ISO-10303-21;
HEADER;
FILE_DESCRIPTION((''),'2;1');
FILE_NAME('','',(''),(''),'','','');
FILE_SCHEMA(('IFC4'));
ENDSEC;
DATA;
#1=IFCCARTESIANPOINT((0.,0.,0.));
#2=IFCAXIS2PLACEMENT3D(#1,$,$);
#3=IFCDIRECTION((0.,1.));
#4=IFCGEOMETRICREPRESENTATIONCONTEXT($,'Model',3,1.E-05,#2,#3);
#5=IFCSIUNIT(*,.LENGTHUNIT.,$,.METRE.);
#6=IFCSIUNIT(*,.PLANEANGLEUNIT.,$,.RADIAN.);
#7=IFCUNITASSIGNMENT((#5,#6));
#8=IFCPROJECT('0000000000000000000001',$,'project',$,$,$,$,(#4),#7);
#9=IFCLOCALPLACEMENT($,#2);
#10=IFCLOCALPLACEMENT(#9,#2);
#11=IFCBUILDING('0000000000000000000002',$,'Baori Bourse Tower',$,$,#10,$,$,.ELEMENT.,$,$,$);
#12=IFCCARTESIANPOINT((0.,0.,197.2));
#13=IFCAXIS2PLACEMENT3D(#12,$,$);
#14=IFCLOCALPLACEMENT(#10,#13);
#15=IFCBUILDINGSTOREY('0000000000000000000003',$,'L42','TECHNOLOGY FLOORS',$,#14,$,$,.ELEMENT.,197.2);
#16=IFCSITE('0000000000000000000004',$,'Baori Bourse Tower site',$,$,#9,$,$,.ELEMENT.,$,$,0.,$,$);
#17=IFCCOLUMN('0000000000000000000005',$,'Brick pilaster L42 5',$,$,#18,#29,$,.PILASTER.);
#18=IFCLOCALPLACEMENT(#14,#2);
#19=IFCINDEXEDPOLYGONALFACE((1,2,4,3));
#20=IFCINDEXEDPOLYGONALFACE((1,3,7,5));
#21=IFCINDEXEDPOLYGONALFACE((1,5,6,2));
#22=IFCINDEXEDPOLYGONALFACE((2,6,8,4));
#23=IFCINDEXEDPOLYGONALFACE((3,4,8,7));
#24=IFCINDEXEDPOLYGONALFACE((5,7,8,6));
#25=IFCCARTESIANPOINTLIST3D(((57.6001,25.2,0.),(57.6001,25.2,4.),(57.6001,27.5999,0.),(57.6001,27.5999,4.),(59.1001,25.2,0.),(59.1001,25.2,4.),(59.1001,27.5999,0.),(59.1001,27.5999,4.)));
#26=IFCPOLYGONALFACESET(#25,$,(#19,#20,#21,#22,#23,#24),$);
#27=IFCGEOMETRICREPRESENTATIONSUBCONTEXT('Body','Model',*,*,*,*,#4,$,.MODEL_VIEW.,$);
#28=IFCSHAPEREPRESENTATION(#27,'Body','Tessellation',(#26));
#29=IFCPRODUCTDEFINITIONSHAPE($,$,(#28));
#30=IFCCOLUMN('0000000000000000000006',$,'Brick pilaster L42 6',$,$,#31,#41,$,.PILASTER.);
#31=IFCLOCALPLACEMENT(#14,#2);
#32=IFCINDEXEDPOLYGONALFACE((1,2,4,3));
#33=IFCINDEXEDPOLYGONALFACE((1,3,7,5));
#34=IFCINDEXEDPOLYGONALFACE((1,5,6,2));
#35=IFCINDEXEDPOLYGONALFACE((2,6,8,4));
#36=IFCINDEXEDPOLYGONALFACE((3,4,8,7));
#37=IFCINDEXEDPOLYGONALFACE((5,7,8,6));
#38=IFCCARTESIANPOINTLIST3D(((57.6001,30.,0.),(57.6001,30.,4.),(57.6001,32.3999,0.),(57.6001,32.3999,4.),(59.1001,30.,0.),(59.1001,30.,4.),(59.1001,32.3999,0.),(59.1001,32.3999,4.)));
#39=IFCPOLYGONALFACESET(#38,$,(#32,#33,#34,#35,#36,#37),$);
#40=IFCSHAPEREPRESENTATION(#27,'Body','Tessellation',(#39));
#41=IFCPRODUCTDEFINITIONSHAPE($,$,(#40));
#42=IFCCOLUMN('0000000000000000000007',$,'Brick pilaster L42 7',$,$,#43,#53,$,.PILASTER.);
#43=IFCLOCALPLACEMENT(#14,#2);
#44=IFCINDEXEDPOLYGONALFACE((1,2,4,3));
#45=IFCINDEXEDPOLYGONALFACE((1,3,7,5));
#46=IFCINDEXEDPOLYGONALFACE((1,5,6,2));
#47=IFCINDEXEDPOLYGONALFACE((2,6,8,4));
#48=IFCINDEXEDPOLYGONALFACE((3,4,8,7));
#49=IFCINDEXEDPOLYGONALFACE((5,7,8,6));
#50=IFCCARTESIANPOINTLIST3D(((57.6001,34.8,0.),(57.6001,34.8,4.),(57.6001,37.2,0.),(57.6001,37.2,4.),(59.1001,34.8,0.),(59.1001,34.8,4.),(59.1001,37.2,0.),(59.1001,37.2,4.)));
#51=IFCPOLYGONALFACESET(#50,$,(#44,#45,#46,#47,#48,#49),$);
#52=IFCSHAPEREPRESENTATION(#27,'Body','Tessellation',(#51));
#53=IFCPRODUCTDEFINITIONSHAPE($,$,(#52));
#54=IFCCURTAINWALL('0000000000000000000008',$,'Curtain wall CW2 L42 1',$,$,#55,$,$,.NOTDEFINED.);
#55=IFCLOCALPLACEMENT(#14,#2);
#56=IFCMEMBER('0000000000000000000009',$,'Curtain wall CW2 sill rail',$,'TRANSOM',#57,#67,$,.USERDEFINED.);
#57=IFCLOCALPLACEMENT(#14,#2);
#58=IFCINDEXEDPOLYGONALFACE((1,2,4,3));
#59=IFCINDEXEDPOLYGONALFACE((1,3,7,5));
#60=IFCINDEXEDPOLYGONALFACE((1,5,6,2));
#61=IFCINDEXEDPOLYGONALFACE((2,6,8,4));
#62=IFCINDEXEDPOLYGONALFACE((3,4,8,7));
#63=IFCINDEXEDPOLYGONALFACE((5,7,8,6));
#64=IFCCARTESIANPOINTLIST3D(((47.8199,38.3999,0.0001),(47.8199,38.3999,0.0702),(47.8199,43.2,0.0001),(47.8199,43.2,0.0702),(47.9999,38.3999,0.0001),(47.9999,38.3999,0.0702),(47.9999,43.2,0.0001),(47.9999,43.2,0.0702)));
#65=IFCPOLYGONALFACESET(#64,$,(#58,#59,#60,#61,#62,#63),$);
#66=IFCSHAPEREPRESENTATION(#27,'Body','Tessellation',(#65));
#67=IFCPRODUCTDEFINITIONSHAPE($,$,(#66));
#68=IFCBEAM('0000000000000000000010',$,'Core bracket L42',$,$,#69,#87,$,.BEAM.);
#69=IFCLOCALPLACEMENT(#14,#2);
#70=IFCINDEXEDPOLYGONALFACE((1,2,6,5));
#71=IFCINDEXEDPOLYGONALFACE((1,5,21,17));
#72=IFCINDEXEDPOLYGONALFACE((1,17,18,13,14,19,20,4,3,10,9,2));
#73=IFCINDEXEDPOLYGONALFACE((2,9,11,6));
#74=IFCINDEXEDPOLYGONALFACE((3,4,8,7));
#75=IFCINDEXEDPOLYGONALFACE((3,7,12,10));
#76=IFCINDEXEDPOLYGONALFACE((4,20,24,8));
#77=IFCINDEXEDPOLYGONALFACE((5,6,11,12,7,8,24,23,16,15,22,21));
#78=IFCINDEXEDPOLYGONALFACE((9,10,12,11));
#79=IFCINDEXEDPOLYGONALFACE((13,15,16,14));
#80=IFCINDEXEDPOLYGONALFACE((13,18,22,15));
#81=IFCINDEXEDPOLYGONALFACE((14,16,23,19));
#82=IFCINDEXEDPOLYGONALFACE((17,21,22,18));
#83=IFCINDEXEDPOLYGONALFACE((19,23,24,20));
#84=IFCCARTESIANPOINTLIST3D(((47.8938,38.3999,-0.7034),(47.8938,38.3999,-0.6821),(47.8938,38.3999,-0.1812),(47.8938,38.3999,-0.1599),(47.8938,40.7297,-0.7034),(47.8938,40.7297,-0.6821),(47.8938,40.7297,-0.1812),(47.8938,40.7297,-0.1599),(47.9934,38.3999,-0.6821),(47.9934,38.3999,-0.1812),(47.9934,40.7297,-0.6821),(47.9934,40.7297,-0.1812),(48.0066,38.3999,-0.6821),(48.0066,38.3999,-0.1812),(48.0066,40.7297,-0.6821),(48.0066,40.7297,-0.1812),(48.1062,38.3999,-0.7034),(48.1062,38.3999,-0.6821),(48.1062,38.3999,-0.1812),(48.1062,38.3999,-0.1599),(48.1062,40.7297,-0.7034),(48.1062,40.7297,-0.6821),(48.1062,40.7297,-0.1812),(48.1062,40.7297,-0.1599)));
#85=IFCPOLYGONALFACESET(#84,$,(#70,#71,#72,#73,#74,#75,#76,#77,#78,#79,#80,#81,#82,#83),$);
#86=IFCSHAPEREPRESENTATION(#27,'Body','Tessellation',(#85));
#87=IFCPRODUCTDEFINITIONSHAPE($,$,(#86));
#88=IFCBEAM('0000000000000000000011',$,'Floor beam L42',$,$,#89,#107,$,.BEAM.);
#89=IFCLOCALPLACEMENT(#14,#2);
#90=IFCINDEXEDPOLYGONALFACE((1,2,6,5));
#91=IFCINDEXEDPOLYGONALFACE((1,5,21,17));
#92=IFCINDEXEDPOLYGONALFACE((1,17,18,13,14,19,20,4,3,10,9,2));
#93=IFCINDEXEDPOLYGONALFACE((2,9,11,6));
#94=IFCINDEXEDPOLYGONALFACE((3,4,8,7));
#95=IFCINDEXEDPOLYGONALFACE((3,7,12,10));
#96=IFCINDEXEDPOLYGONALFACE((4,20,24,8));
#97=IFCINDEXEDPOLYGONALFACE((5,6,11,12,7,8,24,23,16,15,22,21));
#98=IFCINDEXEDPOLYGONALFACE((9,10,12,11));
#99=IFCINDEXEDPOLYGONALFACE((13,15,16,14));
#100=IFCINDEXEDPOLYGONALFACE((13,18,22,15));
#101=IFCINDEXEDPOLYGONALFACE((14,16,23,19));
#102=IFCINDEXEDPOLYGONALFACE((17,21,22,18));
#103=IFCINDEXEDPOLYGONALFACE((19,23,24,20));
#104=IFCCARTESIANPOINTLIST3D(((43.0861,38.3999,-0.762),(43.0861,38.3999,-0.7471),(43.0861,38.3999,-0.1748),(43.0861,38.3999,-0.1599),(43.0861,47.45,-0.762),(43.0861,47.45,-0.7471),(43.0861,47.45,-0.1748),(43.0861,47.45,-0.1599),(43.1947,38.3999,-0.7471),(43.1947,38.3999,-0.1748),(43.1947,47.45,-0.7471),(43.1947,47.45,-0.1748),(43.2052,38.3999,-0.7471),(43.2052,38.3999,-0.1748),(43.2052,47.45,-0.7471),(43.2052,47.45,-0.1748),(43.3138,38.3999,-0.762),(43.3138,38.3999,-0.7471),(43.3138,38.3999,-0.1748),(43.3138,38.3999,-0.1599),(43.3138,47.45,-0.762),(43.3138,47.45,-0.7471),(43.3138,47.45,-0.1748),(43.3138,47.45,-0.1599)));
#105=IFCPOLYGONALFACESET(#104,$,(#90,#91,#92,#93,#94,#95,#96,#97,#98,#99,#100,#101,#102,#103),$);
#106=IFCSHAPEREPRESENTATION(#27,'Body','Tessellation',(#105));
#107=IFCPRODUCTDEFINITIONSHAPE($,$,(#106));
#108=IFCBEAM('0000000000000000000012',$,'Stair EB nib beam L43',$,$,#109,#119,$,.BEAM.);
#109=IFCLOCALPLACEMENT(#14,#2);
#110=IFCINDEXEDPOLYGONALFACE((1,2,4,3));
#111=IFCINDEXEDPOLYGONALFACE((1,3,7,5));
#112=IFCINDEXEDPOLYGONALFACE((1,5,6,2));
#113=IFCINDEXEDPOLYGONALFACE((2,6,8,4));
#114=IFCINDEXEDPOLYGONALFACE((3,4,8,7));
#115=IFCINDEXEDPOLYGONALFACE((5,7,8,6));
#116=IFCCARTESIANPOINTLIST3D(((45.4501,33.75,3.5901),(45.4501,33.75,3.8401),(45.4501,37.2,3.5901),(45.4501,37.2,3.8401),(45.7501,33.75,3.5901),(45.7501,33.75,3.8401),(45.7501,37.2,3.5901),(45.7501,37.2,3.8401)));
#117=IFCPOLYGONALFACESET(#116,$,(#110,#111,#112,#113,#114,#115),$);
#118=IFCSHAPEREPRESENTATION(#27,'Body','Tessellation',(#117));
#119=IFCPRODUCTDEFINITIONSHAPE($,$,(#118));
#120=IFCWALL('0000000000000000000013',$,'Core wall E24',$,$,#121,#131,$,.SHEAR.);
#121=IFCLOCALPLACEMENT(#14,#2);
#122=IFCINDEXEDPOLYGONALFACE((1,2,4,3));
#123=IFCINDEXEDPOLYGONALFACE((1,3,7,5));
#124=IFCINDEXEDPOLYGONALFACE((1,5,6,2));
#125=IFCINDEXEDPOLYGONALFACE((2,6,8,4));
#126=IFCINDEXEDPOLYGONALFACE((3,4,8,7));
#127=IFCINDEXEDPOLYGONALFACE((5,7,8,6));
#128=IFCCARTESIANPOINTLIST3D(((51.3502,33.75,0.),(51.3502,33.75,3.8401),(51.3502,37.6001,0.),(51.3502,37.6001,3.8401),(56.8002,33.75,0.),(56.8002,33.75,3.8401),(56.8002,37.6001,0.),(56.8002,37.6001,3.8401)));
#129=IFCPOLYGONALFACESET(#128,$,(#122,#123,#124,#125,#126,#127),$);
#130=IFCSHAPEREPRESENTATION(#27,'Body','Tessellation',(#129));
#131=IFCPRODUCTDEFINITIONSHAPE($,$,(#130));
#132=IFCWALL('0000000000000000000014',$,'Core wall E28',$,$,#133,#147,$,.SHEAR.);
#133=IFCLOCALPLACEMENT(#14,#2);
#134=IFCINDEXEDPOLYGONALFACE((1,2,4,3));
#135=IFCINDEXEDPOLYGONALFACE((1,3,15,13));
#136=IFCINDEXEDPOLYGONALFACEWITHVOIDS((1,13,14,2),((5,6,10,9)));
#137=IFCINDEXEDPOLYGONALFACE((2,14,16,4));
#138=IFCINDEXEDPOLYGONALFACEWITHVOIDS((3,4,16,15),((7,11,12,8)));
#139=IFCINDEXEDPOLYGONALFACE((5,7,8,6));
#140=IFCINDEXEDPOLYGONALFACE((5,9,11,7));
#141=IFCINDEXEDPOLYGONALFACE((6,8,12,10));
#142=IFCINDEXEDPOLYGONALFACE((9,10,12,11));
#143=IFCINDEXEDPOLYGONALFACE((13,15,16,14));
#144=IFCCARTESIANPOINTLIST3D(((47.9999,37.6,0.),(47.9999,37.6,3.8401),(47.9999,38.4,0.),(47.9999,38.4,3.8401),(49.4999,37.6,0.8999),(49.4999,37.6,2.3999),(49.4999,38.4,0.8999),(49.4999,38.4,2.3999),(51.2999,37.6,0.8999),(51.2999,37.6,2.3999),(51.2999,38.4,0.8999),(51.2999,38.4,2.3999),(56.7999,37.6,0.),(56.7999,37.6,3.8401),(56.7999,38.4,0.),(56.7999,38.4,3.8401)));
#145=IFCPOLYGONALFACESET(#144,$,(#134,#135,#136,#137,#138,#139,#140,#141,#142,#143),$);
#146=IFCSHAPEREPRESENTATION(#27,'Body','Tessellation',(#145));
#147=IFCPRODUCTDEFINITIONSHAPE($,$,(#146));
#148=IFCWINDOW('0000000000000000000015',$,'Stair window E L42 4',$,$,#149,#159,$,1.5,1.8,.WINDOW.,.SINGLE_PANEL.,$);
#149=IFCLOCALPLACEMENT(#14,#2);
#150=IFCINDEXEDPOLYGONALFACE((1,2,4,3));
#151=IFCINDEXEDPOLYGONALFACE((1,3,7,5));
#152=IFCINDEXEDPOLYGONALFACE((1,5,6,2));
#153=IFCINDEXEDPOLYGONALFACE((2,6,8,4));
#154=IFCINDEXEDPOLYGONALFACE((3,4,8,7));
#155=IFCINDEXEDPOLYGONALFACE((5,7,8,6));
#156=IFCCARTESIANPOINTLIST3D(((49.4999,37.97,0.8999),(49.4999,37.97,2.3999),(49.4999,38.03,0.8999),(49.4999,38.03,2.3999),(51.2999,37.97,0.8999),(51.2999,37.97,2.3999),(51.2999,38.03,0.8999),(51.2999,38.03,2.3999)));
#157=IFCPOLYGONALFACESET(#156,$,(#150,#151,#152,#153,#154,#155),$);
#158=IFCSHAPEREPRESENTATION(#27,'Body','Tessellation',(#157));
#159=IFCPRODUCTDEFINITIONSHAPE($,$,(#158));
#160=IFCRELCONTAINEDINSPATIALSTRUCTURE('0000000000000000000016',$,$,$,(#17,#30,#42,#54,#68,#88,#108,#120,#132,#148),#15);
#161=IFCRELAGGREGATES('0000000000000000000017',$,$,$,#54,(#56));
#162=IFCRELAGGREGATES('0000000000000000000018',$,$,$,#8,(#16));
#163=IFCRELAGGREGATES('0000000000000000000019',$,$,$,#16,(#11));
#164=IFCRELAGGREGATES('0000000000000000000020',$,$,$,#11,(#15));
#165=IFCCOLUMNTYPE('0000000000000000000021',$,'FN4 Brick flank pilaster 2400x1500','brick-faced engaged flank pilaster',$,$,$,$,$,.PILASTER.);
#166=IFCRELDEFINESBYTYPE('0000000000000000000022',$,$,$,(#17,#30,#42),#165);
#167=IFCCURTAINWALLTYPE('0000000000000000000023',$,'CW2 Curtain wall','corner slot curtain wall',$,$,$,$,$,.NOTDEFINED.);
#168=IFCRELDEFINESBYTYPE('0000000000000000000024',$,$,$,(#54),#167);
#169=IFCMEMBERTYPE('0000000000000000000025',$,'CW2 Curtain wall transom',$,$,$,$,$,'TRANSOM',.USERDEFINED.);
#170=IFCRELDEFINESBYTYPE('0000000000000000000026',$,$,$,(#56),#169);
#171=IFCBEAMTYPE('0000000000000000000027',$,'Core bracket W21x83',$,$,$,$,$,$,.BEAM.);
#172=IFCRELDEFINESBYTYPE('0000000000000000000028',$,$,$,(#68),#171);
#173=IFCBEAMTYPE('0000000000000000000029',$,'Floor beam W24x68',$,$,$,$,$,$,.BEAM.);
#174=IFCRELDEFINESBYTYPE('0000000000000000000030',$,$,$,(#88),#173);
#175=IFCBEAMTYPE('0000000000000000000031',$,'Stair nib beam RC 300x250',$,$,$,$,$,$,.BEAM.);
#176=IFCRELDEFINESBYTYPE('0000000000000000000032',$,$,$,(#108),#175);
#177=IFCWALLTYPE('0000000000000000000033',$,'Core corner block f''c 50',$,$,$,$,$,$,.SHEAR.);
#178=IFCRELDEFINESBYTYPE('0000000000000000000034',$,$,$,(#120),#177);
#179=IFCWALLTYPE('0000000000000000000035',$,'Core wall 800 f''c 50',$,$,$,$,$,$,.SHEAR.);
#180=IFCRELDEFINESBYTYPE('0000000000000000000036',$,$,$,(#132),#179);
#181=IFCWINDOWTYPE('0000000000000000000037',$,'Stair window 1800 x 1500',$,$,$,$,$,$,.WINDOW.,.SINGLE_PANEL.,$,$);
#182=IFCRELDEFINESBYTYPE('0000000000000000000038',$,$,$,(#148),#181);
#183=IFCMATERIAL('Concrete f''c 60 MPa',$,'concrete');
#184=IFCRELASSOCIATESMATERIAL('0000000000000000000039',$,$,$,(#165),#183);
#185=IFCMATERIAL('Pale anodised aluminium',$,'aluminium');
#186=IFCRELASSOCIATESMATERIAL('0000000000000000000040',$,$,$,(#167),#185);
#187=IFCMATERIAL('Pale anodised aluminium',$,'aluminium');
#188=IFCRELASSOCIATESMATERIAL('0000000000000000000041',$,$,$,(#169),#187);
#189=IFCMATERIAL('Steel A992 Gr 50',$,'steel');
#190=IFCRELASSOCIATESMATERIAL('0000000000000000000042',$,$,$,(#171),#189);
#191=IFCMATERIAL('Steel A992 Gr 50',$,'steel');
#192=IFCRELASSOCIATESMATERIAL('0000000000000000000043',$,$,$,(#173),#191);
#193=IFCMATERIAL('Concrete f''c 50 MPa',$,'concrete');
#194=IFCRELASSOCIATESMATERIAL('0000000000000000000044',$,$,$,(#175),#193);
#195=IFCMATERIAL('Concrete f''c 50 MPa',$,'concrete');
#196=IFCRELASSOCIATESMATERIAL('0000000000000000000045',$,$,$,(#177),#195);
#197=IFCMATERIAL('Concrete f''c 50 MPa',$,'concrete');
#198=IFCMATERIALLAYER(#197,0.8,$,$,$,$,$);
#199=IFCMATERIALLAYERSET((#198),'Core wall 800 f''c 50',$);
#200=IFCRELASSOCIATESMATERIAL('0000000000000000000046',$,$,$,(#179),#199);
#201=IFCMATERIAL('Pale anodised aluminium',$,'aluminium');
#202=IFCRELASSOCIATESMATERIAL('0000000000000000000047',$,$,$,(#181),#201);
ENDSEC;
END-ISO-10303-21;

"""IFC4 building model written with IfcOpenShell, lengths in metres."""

from ifc_helpers import new_model, si_unit, direction, frame, frame_2d, origin, origin_2d, place, context, subcontext, project, spatial, rectangle, i_section, extrude, material, layer, layer_set, material_profile, profile_set, type_object, element, fill, aggregate, save


model = new_model("IFC4")

# Units and contexts
model_context = context("Model", 3, precision=1e-05, world=origin(), true_north=direction((0.0, 1.0)))
body_context = subcontext(model_context, "Body", "Model", "MODEL_VIEW")
ifc_project = project(units=[si_unit("LENGTHUNIT", "METRE"), si_unit("PLANEANGLEUNIT", "RADIAN")], contexts=[model_context])

# Site, building, storey
site_placement = place(None, origin())
site = spatial("IfcSite", under=ifc_project, at=site_placement, Name="Baori Bourse Tower site", CompositionType="ELEMENT", RefElevation=0.0)
building_placement = place(site_placement, origin())
building = spatial("IfcBuilding", under=site, at=building_placement, Name="Baori Bourse Tower", CompositionType="ELEMENT")
storey_placement = place(building_placement, frame((0.0, 0.0, 197.2)))
storey = spatial("IfcBuildingStorey", under=building, at=storey_placement, Name="L42", Description="TECHNOLOGY FLOORS", CompositionType="ELEMENT", Elevation=197.2)

# Columns
ifc_material_1 = material(Name="Concrete f'c 60 MPa", Category="concrete")
ifc_material_profile_1 = material_profile(ifc_material_1, rectangle(XDim=2.3999, YDim=1.5, at=origin_2d()), Name="RC 2400x1500")
ifc_profile_set_1 = profile_set([ifc_material_profile_1], Name="Concrete f'c 60 MPa")
column_type = type_object("IfcColumnType", Name="FN4 Brick flank pilaster 2400x1500", Description="brick-faced engaged flank pilaster", PredefinedType="PILASTER", material=ifc_profile_set_1)
for number, where, z_axis, x_axis, name in (
    (1, (58.3501, 26.3999, 0.0), (0.0, 0.0, 1.0), (0.0, 1.0, 0.0), "Brick pilaster L42 5"),
    (2, (58.3501, 31.2, 0.0), (0.0, 0.0, 1.0), (0.0, 1.0, 0.0), "Brick pilaster L42 6"),
    (3, (58.3501, 36.0, 0.0), (0.0, 0.0, 1.0), (0.0, 1.0, 0.0), "Brick pilaster L42 7"),
):
    element("IfcColumn", number, at=place(storey_placement, frame(where, z_axis=z_axis, x_axis=x_axis)), inside=storey, type_object=column_type, Name=name, PredefinedType="PILASTER", context=body_context, shape_type="SweptSolid", body=[
        extrude(rectangle(XDim=2.3999, YDim=1.5, at=origin_2d()), origin(), (0.0, 0.0, 1.0), 4.0),
    ])

# Curtain wall, member
ifc_material_2 = material(Name="Pale anodised aluminium", Category="aluminium")
curtain_wall_type = type_object("IfcCurtainWallType", Name="CW2 Curtain wall", Description="corner slot curtain wall", PredefinedType="NOTDEFINED", material=ifc_material_2)
curtain_wall_placement = place(storey_placement, origin())
curtain_wall = element("IfcCurtainWall", 4, at=curtain_wall_placement, inside=storey, type_object=curtain_wall_type, Name="Curtain wall CW2 L42 1", PredefinedType="NOTDEFINED")
ifc_material_3 = material(Name="Pale anodised aluminium", Category="aluminium")
ifc_material_profile_2 = material_profile(ifc_material_3, rectangle(XDim=0.1799, YDim=0.0701, at=origin_2d()), Name="Transom 70x180")
ifc_profile_set_2 = profile_set([ifc_material_profile_2], Name="Pale anodised aluminium")
member_type = type_object("IfcMemberType", Name="CW2 Curtain wall transom", ElementType="TRANSOM", PredefinedType="USERDEFINED", material=ifc_profile_set_2)
member_placement = place(storey_placement, frame((47.9099, 38.3999, 0.0352), z_axis=(0.0, 1.0, 0.0), x_axis=(-1.0, 0.0, 0.0)))
member = element("IfcMember", 5, at=member_placement, type_object=member_type, Name="Curtain wall CW2 sill rail", ObjectType="TRANSOM", PredefinedType="USERDEFINED", context=body_context, shape_type="SweptSolid", body=[
    extrude(rectangle(XDim=0.1799, YDim=0.0701, at=origin_2d()), origin(), (0.0, 0.0, 1.0), 4.8),
])
aggregate(curtain_wall, [member])

# Beams
ifc_material_4 = material(Name="Steel A992 Gr 50", Category="steel")
ifc_material_profile_3 = material_profile(ifc_material_4, i_section(OverallWidth=0.2124, OverallDepth=0.5435, WebThickness=0.0132, FlangeThickness=0.0212, at=origin_2d()), Name="W21x83")
ifc_profile_set_3 = profile_set([ifc_material_profile_3], Name="Steel A992 Gr 50")
beam_type_1 = type_object("IfcBeamType", Name="Core bracket W21x83", PredefinedType="BEAM", material=ifc_profile_set_3)
beam_1_placement = place(storey_placement, frame((48.0, 38.3999, -0.4316), z_axis=(0.0, 1.0, 0.0), x_axis=(-1.0, 0.0, 0.0)))
element("IfcBeam", 6, at=beam_1_placement, inside=storey, type_object=beam_type_1, Name="Core bracket L42", PredefinedType="BEAM", context=body_context, shape_type="SweptSolid", body=[
    extrude(i_section(OverallWidth=0.2124, OverallDepth=0.5435, WebThickness=0.0132, FlangeThickness=0.0212, at=origin_2d()), origin(), (0.0, 0.0, 1.0), 2.3298),
])
ifc_material_5 = material(Name="Steel A992 Gr 50", Category="steel")
ifc_material_profile_4 = material_profile(ifc_material_5, i_section(OverallWidth=0.2278, OverallDepth=0.6021, WebThickness=0.0105, FlangeThickness=0.0149, at=origin_2d()), Name="W24x68")
ifc_profile_set_4 = profile_set([ifc_material_profile_4], Name="Steel A992 Gr 50")
beam_type_2 = type_object("IfcBeamType", Name="Floor beam W24x68", PredefinedType="BEAM", material=ifc_profile_set_4)
beam_2_placement = place(storey_placement, frame((43.2, 38.3999, -0.4609), z_axis=(0.0, 1.0, 0.0), x_axis=(-1.0, 0.0, 0.0)))
element("IfcBeam", 7, at=beam_2_placement, inside=storey, type_object=beam_type_2, Name="Floor beam L42", PredefinedType="BEAM", context=body_context, shape_type="SweptSolid", body=[
    extrude(i_section(OverallWidth=0.2278, OverallDepth=0.6021, WebThickness=0.0105, FlangeThickness=0.0149, at=origin_2d()), origin(), (0.0, 0.0, 1.0), 9.05),
])
ifc_material_6 = material(Name="Concrete f'c 50 MPa", Category="concrete")
ifc_material_profile_5 = material_profile(ifc_material_6, rectangle(XDim=0.3, YDim=0.25, at=origin_2d()), Name="RC 300x250")
ifc_profile_set_5 = profile_set([ifc_material_profile_5], Name="Concrete f'c 50 MPa")
beam_type_3 = type_object("IfcBeamType", Name="Stair nib beam RC 300x250", PredefinedType="BEAM", material=ifc_profile_set_5)
beam_3_placement = place(storey_placement, frame((45.6001, 33.75, 3.7151), z_axis=(0.0, 1.0, 0.0), x_axis=(-1.0, 0.0, 0.0)))
element("IfcBeam", 8, at=beam_3_placement, inside=storey, type_object=beam_type_3, Name="Stair EB nib beam L43", PredefinedType="BEAM", context=body_context, shape_type="SweptSolid", body=[
    extrude(rectangle(XDim=0.3, YDim=0.25, at=origin_2d()), origin(), (0.0, 0.0, 1.0), 3.45),
])

# Wall
ifc_material_7 = material(Name="Concrete f'c 50 MPa", Category="concrete")
wall_type_1 = type_object("IfcWallType", Name="Core corner block f'c 50", PredefinedType="SHEAR", material=ifc_material_7)
wall_1_placement = place(storey_placement, frame((51.3501, 35.675, 0.0), z_axis=(0.0, 0.0, 1.0), x_axis=(1.0, 0.0, 0.0)))
element("IfcWall", 9, at=wall_1_placement, inside=storey, type_object=wall_type_1, Name="Core wall E24", PredefinedType="SHEAR", context=body_context, shape_type="SweptSolid", body=[
    extrude(rectangle(XDim=5.45, YDim=3.8501, at=frame_2d((2.7251, 0.0))), origin(), (0.0, 0.0, 1.0), 3.8401),
])

# Wall, opening, window
ifc_material_8 = material(Name="Concrete f'c 50 MPa", Category="concrete")
ifc_layer_1 = layer(ifc_material_8, 0.8)
ifc_layer_set_1 = layer_set([ifc_layer_1], Name="Core wall 800 f'c 50")
wall_type_2 = type_object("IfcWallType", Name="Core wall 800 f'c 50", PredefinedType="SHEAR", material=ifc_layer_set_1)
wall_2_placement = place(storey_placement, frame((48.0, 38.0, 0.0), z_axis=(0.0, 0.0, 1.0), x_axis=(1.0, 0.0, 0.0)))
wall_2 = element("IfcWall", 10, at=wall_2_placement, inside=storey, type_object=wall_type_2, Name="Core wall E28", PredefinedType="SHEAR", context=body_context, shape_type="SweptSolid", body=[
    extrude(rectangle(XDim=8.8, YDim=0.8, at=frame_2d((4.3999, 0.0))), origin(), (0.0, 0.0, 1.0), 3.8401),
])
opening_1_placement = place(wall_2_placement, frame((1.5, 0.0, 0.8999)))
opening_1 = element("IfcOpeningElement", 11, at=opening_1_placement, cuts=wall_2, PredefinedType="OPENING", context=body_context, shape_type="SweptSolid", body=[
    extrude(rectangle(XDim=1.8, YDim=1.5, at=frame_2d((0.8999, 0.75))), frame((0.0, 0.4099, 0.0), z_axis=(0.0, -1.0, 0.0), x_axis=(1.0, 0.0, 0.0)), (0.0, 0.0, 1.0), 0.8201),
])
ifc_material_9 = material(Name="Pale anodised aluminium", Category="aluminium")
window_type = type_object("IfcWindowType", Name="Stair window 1800 x 1500", PartitioningType="SINGLE_PANEL", PredefinedType="WINDOW", material=ifc_material_9)
window_placement = place(opening_1_placement, origin())
window = element("IfcWindow", 12, at=window_placement, inside=storey, type_object=window_type, Name="Stair window E L42 4", OverallHeight=1.5, OverallWidth=1.8, PartitioningType="SINGLE_PANEL", PredefinedType="WINDOW", context=body_context, shape_type="SweptSolid", body=[
    extrude(rectangle(XDim=1.8, YDim=1.5, at=frame_2d((0.8999, 0.75))), frame((0.0, 0.03, 0.0), z_axis=(0.0, -1.0, 0.0), x_axis=(1.0, 0.0, 0.0)), (0.0, 0.0, 1.0), 0.0601),
])
fill(opening_1, window)

save(model, "model.ifc")
